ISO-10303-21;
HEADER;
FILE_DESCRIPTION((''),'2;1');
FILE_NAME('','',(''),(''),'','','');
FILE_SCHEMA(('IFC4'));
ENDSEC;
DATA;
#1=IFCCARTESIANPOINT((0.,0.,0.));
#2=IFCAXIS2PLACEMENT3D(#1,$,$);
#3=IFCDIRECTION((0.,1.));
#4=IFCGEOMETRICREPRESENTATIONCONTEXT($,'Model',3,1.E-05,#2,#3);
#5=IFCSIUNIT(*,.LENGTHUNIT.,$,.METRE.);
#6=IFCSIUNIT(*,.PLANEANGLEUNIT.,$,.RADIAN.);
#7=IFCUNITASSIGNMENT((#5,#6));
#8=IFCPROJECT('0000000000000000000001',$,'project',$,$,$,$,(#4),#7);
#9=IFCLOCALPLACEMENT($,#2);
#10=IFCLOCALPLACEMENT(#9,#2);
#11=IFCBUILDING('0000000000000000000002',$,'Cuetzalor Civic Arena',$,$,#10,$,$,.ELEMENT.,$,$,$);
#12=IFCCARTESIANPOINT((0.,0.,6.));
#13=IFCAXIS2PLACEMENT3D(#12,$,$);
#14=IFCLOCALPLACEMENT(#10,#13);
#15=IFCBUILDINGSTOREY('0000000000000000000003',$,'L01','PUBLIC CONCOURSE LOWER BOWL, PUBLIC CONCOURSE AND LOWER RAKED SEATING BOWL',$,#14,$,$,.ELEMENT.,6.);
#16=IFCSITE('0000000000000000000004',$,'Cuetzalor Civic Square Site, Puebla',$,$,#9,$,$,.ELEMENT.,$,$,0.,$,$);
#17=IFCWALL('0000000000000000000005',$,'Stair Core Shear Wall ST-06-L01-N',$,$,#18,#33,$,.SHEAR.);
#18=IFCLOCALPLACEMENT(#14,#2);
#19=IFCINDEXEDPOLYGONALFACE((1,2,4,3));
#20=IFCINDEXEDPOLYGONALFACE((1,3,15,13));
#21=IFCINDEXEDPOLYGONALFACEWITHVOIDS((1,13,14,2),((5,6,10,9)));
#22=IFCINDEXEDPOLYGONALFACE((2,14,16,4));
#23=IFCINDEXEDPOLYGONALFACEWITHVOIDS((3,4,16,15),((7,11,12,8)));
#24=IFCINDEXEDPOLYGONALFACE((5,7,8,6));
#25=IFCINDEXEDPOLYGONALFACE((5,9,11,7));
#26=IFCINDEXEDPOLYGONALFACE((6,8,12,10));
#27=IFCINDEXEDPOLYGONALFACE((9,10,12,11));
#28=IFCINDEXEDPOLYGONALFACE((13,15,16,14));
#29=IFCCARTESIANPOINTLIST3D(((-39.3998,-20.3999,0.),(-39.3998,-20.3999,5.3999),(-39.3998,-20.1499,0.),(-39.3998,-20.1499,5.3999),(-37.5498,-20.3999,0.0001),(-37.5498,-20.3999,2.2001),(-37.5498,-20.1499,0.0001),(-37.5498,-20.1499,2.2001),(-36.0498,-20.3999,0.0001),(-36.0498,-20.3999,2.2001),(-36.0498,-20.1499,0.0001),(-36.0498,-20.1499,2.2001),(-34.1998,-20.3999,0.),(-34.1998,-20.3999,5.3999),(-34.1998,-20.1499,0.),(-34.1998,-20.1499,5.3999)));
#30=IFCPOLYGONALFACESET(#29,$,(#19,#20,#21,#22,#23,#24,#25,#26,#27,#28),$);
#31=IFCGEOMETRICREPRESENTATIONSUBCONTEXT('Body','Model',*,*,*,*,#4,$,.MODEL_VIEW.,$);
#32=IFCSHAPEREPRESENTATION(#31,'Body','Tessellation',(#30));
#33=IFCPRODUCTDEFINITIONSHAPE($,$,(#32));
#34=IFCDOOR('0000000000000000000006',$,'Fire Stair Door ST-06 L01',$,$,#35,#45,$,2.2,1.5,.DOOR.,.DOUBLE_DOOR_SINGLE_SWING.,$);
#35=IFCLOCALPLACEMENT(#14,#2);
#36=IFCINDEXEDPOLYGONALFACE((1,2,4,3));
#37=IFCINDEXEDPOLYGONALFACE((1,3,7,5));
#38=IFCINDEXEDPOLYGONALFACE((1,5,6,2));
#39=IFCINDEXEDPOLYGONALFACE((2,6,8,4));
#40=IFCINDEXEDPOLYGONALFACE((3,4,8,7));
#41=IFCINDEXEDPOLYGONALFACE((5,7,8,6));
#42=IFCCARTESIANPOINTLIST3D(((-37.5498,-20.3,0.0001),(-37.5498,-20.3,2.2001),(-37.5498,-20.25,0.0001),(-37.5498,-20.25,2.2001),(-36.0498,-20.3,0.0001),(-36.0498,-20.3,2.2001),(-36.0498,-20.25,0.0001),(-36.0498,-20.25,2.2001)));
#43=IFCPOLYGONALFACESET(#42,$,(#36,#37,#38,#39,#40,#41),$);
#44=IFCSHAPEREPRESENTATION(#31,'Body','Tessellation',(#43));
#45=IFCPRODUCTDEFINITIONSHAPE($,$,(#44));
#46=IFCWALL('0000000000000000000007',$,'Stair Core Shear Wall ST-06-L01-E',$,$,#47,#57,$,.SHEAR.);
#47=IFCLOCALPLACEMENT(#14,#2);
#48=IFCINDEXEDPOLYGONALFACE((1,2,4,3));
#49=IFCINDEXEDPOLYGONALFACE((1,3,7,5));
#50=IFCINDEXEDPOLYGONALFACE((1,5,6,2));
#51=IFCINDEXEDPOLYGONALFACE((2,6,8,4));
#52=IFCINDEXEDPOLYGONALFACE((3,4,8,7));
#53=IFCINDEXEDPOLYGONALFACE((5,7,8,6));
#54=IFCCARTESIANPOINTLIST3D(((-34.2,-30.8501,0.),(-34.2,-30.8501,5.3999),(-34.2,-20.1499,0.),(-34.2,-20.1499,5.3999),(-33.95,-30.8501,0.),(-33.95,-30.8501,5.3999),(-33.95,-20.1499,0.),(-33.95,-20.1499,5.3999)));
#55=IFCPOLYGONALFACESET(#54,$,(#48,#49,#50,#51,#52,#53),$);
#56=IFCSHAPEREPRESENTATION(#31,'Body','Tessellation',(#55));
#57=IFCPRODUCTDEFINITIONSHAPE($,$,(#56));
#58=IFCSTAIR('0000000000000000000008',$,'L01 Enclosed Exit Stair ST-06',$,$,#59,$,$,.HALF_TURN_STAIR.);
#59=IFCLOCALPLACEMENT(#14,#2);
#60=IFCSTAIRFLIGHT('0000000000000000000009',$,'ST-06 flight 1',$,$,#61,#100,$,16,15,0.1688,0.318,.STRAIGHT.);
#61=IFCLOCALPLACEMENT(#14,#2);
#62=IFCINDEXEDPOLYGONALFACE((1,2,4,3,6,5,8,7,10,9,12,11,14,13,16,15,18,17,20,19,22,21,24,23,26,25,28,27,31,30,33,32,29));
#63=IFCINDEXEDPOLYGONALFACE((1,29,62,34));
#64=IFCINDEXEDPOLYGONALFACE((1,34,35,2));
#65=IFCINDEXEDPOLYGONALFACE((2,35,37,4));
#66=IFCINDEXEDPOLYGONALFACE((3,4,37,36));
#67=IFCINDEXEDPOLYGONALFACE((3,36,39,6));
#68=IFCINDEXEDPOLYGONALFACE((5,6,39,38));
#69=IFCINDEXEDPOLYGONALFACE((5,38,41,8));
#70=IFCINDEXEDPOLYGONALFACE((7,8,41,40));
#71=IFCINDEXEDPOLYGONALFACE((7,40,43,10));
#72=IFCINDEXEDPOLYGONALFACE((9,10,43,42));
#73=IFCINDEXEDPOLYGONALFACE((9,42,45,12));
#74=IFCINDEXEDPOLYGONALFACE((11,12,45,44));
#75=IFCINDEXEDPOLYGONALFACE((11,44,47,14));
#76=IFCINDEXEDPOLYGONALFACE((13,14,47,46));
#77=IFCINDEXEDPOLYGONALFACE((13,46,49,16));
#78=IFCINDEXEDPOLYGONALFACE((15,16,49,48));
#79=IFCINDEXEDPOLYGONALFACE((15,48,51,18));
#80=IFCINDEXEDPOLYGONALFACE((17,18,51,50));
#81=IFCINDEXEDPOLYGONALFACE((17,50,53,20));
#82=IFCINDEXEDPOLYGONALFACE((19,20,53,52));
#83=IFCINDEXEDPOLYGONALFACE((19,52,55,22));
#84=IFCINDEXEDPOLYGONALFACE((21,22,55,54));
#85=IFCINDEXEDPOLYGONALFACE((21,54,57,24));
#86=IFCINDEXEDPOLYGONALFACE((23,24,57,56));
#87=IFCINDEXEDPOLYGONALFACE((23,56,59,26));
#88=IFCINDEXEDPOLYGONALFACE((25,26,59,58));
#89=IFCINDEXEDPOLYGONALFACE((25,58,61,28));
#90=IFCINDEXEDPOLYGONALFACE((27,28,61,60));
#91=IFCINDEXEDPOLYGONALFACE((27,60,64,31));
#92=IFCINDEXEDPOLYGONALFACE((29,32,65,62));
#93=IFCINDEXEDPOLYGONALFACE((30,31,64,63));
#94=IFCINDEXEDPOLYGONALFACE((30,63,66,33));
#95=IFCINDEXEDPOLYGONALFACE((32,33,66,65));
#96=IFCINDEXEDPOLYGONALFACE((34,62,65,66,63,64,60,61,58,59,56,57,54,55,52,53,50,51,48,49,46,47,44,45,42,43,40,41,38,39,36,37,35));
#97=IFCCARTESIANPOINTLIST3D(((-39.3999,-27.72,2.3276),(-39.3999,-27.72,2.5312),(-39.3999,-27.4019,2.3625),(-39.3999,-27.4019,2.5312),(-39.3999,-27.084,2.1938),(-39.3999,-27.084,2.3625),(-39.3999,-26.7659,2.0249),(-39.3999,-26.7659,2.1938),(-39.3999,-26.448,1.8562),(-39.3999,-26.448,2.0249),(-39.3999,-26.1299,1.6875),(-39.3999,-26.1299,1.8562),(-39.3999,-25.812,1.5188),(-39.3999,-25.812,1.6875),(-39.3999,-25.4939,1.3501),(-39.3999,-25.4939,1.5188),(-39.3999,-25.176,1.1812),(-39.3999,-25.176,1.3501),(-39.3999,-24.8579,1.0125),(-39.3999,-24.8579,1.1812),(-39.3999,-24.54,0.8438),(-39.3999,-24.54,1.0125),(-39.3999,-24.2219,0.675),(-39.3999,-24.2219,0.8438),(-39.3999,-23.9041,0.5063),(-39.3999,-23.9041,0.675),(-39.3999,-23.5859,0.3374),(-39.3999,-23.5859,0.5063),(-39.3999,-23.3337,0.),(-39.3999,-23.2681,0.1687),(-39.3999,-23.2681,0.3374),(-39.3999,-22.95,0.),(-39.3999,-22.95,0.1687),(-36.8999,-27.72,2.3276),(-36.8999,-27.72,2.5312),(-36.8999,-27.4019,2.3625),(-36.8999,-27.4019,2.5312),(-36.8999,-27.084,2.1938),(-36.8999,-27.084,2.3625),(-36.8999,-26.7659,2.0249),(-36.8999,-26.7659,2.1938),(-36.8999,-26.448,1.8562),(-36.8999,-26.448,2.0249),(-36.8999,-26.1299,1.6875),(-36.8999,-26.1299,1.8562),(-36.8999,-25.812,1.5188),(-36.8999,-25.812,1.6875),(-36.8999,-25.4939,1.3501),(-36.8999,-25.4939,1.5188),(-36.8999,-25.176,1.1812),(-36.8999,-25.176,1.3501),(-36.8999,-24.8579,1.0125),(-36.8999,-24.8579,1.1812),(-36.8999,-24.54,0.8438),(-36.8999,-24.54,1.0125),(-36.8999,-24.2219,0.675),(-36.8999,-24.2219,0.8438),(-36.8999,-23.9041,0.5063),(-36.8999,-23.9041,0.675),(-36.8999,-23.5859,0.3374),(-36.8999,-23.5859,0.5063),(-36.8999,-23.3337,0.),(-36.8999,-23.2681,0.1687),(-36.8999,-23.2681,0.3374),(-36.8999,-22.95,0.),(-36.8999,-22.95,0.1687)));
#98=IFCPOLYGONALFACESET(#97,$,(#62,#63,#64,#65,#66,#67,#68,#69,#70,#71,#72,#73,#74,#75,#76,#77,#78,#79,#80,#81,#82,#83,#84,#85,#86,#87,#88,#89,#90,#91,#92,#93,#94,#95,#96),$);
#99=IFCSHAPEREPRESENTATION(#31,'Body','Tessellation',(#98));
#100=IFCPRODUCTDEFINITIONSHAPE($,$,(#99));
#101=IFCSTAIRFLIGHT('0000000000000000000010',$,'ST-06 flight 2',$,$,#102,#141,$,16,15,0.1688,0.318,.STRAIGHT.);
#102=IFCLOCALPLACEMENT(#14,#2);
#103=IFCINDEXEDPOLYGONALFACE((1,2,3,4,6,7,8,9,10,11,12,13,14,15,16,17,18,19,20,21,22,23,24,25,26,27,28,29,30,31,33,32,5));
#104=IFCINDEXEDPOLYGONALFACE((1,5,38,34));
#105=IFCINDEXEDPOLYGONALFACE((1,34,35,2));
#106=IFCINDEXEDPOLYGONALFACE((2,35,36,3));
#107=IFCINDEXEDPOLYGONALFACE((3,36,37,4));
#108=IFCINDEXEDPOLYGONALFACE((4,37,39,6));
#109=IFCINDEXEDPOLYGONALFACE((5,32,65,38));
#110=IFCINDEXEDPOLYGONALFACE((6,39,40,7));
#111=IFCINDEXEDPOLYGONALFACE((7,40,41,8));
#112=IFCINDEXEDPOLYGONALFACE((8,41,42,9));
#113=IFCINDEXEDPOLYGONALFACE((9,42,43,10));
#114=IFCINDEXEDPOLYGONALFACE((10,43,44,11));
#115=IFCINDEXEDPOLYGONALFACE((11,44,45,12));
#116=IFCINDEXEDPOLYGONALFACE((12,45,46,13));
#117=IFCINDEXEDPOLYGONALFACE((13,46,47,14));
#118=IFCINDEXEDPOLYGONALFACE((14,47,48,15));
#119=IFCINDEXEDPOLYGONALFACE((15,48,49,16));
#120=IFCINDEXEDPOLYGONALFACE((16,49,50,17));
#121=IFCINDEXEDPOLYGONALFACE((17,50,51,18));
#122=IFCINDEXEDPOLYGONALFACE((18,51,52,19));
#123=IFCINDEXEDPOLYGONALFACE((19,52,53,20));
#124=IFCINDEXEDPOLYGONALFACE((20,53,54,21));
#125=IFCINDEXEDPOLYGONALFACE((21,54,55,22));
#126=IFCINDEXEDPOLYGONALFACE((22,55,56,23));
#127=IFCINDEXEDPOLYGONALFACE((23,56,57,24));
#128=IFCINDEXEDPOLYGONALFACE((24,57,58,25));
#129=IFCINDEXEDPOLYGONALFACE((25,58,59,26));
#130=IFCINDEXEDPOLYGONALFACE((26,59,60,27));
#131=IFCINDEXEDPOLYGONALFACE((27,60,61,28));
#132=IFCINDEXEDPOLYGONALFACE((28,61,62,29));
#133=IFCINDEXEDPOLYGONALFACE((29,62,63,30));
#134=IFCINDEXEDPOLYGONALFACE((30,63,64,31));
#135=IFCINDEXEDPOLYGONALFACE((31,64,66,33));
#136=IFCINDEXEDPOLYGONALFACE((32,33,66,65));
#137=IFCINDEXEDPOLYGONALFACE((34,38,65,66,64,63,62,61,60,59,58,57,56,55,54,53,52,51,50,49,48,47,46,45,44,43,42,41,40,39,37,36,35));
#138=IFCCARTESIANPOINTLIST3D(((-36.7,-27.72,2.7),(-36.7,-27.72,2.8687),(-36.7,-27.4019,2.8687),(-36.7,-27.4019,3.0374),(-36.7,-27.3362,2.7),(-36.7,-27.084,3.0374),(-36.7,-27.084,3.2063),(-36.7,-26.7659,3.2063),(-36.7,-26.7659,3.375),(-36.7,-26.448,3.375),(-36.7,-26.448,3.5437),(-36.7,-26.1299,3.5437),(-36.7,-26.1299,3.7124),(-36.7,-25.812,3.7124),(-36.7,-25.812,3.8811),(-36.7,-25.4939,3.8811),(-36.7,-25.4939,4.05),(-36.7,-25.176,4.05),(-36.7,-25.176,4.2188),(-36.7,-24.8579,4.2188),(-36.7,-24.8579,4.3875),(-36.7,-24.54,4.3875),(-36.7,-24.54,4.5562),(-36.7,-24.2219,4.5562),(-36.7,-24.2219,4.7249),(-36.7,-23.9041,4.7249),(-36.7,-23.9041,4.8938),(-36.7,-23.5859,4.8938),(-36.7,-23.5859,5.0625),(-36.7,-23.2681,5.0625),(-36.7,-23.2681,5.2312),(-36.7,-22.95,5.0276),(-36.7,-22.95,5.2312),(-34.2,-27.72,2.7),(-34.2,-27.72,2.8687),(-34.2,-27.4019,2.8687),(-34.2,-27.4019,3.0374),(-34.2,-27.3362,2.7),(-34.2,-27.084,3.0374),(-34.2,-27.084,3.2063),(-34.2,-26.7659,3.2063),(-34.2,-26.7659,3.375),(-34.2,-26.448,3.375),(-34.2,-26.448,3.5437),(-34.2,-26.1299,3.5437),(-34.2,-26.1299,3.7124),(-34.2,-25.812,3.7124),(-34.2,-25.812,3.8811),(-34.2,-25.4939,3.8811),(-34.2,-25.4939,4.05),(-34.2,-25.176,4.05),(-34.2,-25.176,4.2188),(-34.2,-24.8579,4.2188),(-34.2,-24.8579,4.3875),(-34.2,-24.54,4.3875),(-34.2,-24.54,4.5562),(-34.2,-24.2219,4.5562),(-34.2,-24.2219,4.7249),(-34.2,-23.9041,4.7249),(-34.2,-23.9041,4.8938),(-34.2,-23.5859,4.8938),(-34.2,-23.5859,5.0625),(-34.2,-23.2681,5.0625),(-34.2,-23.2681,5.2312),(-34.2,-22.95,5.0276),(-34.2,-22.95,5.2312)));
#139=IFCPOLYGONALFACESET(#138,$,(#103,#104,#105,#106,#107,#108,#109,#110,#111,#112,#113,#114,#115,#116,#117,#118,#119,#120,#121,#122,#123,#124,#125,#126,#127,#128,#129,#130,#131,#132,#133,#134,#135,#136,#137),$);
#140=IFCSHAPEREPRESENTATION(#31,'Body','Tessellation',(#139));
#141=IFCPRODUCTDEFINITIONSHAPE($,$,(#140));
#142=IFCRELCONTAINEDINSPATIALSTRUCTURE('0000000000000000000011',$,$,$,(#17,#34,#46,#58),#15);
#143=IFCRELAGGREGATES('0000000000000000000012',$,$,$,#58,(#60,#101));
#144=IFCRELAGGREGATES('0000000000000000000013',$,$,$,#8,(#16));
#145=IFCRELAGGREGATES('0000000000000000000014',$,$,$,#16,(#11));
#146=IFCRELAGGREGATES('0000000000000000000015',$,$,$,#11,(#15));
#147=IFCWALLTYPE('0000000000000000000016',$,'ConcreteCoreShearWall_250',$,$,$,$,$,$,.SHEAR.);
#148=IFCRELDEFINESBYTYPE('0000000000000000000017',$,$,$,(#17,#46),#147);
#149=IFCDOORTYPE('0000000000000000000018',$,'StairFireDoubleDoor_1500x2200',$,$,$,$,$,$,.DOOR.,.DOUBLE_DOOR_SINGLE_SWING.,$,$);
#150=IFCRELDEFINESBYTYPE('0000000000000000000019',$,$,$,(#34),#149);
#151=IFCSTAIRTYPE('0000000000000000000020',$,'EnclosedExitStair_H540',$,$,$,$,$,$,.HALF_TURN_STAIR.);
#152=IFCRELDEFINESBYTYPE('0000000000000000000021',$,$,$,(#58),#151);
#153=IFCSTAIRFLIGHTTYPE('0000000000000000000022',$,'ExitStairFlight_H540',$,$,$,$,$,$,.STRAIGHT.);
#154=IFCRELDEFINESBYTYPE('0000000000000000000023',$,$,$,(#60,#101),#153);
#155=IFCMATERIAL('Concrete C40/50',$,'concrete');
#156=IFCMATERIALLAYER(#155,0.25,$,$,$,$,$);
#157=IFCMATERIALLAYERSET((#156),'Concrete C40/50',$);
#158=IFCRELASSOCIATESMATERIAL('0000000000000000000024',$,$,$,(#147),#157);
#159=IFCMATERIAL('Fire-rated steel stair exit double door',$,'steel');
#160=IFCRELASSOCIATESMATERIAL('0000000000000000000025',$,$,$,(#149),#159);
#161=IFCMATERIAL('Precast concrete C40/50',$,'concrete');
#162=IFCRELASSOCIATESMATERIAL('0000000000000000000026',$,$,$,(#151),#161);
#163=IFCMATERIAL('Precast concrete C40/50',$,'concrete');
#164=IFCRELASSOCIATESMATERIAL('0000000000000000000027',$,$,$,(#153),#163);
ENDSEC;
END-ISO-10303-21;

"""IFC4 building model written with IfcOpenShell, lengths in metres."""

from ifc_helpers import new_model, si_unit, direction, frame, frame_2d, origin, place, context, subcontext, project, spatial, polyline, rectangle, outline, extrude, material, layer, layer_set, type_object, element, fill, aggregate, save


model = new_model("IFC4")

# Units and contexts
model_context = context("Model", 3, precision=1e-05, world=origin(), true_north=direction((0.0, 1.0)))
body_context = subcontext(model_context, "Body", "Model", "MODEL_VIEW")
ifc_project = project(units=[si_unit("LENGTHUNIT", "METRE"), si_unit("PLANEANGLEUNIT", "RADIAN")], contexts=[model_context])

# Site, building, storey
site_placement = place(None, origin())
site = spatial("IfcSite", under=ifc_project, at=site_placement, Name="Cuetzalor Civic Square Site, Puebla", CompositionType="ELEMENT", RefElevation=0.0)
building_placement = place(site_placement, origin())
building = spatial("IfcBuilding", under=site, at=building_placement, Name="Cuetzalor Civic Arena", CompositionType="ELEMENT")
storey_placement = place(building_placement, frame((0.0, 0.0, 6.0)))
storey = spatial("IfcBuildingStorey", under=building, at=storey_placement, Name="L01", Description="PUBLIC CONCOURSE LOWER BOWL, PUBLIC CONCOURSE AND LOWER RAKED SEATING BOWL", CompositionType="ELEMENT", Elevation=6.0)

# Wall, opening, door
ifc_material_1 = material(Name="Concrete C40/50", Category="concrete")
ifc_layer = layer(ifc_material_1, 0.25)
ifc_layer_set = layer_set([ifc_layer], Name="Concrete C40/50")
wall_type = type_object("IfcWallType", Name="ConcreteCoreShearWall_250", PredefinedType="SHEAR", material=ifc_layer_set)
wall_1_placement = place(storey_placement, frame((-39.3999, -20.2749, 0.0), z_axis=(0.0, 0.0, 1.0), x_axis=(1.0, 0.0, 0.0)))
wall_1 = element("IfcWall", 1, at=wall_1_placement, inside=storey, type_object=wall_type, Name="Stair Core Shear Wall ST-06-L01-N", PredefinedType="SHEAR", context=body_context, shape_type="SweptSolid", body=[
    extrude(rectangle(XDim=5.2, YDim=0.25, at=frame_2d((2.6001, 0.0))), origin(), (0.0, 0.0, 1.0), 5.3999),
])
opening_placement = place(wall_1_placement, frame((1.8501, 0.0, 0.0)))
opening = element("IfcOpeningElement", 2, at=opening_placement, cuts=wall_1, PredefinedType="OPENING", context=body_context, shape_type="SweptSolid", body=[
    extrude(rectangle(XDim=1.5, YDim=2.2, at=frame_2d((0.75, 1.1001))), frame((0.0, 0.135, 0.0), z_axis=(0.0, -1.0, 0.0), x_axis=(1.0, 0.0, 0.0)), (0.0, 0.0, 1.0), 0.27),
])
ifc_material_2 = material(Name="Fire-rated steel stair exit double door", Category="steel")
door_type = type_object("IfcDoorType", Name="StairFireDoubleDoor_1500x2200", OperationType="DOUBLE_DOOR_SINGLE_SWING", PredefinedType="DOOR", material=ifc_material_2)
door_placement = place(opening_placement, origin())
door = element("IfcDoor", 3, at=door_placement, inside=storey, type_object=door_type, Name="Fire Stair Door ST-06 L01", OperationType="DOUBLE_DOOR_SINGLE_SWING", OverallHeight=2.2, OverallWidth=1.5, PredefinedType="DOOR", context=body_context, shape_type="SweptSolid", body=[
    extrude(rectangle(XDim=1.5, YDim=2.2, at=frame_2d((0.75, 1.1001))), frame((0.0, 0.0249, 0.0), z_axis=(0.0, -1.0, 0.0), x_axis=(1.0, 0.0, 0.0)), (0.0, 0.0, 1.0), 0.05),
])
fill(opening, door)

# Wall
wall_2_placement = place(storey_placement, frame((-34.075, -20.1499, 0.0), z_axis=(0.0, 0.0, 1.0), x_axis=(0.0, -1.0, 0.0)))
element("IfcWall", 4, at=wall_2_placement, inside=storey, type_object=wall_type, Name="Stair Core Shear Wall ST-06-L01-E", PredefinedType="SHEAR", context=body_context, shape_type="SweptSolid", body=[
    extrude(rectangle(XDim=10.7002, YDim=0.25, at=frame_2d((5.3501, 0.0))), origin(), (0.0, 0.0, 1.0), 5.3999),
])

# Stair, stair flights
ifc_material_3 = material(Name="Precast concrete C40/50", Category="concrete")
stair_type = type_object("IfcStairType", Name="EnclosedExitStair_H540", PredefinedType="HALF_TURN_STAIR", material=ifc_material_3)
stair_placement = place(storey_placement, origin())
stair = element("IfcStair", 5, at=stair_placement, inside=storey, type_object=stair_type, Name="L01 Enclosed Exit Stair ST-06", PredefinedType="HALF_TURN_STAIR")
ifc_material_4 = material(Name="Precast concrete C40/50", Category="concrete")
stair_flight_type = type_object("IfcStairFlightType", Name="ExitStairFlight_H540", PredefinedType="STRAIGHT", material=ifc_material_4)
stair_flight_1_placement = place(storey_placement, frame((-38.1499, -22.95, 0.0), z_axis=(0.0, 0.0, 1.0), x_axis=(0.0, -1.0, 0.0)))
stair_flight_1 = element("IfcStairFlight", 6, at=stair_flight_1_placement, type_object=stair_flight_type, Name="ST-06 flight 1", NumberOfRisers=16, NumberOfTreads=15, PredefinedType="STRAIGHT", RiserHeight=0.1688, TreadLength=0.318, context=body_context, shape_type="SweptSolid", body=[
    extrude(outline(polyline([(0.0, 0.0), (0.0, 0.1687), (0.3181, 0.1687), (0.3181, 0.3374), (0.636, 0.3374), (0.636, 0.5063), (0.9541, 0.5063), (0.9541, 0.675), (1.272, 0.675), (1.272, 0.8438), (1.5901, 0.8438), (1.5901, 1.0125), (1.908, 1.0125), (1.908, 1.1812), (2.2261, 1.1812), (2.2261, 1.3501), (2.5439, 1.3501), (2.5439, 1.5188), (2.8621, 1.5188), (2.8621, 1.6875), (3.1799, 1.6875), (3.1799, 1.8562), (3.498, 1.8562), (3.498, 2.0249), (3.8159, 2.0249), (3.8159, 2.1938), (4.134, 2.1938), (4.134, 2.3625), (4.4519, 2.3625), (4.4519, 2.5312), (4.77, 2.5312), (4.77, 2.7), (4.77, 2.3276), (0.3838, 0.0), (0.0, 0.0)])), frame((0.0, 1.25, 0.0), z_axis=(0.0, -1.0, 0.0), x_axis=(1.0, 0.0, 0.0)), (0.0, 0.0, 1.0), 2.5),
])
stair_flight_2_placement = place(storey_placement, frame((-35.45, -27.72, 2.7), z_axis=(0.0, 0.0, 1.0), x_axis=(0.0, 1.0, 0.0)))
stair_flight_2 = element("IfcStairFlight", 7, at=stair_flight_2_placement, type_object=stair_flight_type, Name="ST-06 flight 2", NumberOfRisers=16, NumberOfTreads=15, PredefinedType="STRAIGHT", RiserHeight=0.1688, TreadLength=0.318, context=body_context, shape_type="SweptSolid", body=[
    extrude(outline(polyline([(0.0, 0.0), (0.0, 0.1687), (0.3181, 0.1687), (0.3181, 0.3374), (0.636, 0.3374), (0.636, 0.5063), (0.9541, 0.5063), (0.9541, 0.675), (1.272, 0.675), (1.272, 0.8438), (1.5901, 0.8438), (1.5901, 1.0125), (1.908, 1.0125), (1.908, 1.1812), (2.2261, 1.1812), (2.2261, 1.3501), (2.5439, 1.3501), (2.5439, 1.5188), (2.8621, 1.5188), (2.8621, 1.6875), (3.1799, 1.6875), (3.1799, 1.8562), (3.498, 1.8562), (3.498, 2.0249), (3.8159, 2.0249), (3.8159, 2.1938), (4.134, 2.1938), (4.134, 2.3625), (4.4519, 2.3625), (4.4519, 2.5312), (4.77, 2.5312), (4.77, 2.7), (4.77, 2.3276), (0.3838, 0.0), (0.0, 0.0)])), frame((0.0, 1.25, 0.0), z_axis=(0.0, -1.0, 0.0), x_axis=(1.0, 0.0, 0.0)), (0.0, 0.0, 1.0), 2.5),
])
aggregate(stair, [stair_flight_1, stair_flight_2])

save(model, "model.ifc")
